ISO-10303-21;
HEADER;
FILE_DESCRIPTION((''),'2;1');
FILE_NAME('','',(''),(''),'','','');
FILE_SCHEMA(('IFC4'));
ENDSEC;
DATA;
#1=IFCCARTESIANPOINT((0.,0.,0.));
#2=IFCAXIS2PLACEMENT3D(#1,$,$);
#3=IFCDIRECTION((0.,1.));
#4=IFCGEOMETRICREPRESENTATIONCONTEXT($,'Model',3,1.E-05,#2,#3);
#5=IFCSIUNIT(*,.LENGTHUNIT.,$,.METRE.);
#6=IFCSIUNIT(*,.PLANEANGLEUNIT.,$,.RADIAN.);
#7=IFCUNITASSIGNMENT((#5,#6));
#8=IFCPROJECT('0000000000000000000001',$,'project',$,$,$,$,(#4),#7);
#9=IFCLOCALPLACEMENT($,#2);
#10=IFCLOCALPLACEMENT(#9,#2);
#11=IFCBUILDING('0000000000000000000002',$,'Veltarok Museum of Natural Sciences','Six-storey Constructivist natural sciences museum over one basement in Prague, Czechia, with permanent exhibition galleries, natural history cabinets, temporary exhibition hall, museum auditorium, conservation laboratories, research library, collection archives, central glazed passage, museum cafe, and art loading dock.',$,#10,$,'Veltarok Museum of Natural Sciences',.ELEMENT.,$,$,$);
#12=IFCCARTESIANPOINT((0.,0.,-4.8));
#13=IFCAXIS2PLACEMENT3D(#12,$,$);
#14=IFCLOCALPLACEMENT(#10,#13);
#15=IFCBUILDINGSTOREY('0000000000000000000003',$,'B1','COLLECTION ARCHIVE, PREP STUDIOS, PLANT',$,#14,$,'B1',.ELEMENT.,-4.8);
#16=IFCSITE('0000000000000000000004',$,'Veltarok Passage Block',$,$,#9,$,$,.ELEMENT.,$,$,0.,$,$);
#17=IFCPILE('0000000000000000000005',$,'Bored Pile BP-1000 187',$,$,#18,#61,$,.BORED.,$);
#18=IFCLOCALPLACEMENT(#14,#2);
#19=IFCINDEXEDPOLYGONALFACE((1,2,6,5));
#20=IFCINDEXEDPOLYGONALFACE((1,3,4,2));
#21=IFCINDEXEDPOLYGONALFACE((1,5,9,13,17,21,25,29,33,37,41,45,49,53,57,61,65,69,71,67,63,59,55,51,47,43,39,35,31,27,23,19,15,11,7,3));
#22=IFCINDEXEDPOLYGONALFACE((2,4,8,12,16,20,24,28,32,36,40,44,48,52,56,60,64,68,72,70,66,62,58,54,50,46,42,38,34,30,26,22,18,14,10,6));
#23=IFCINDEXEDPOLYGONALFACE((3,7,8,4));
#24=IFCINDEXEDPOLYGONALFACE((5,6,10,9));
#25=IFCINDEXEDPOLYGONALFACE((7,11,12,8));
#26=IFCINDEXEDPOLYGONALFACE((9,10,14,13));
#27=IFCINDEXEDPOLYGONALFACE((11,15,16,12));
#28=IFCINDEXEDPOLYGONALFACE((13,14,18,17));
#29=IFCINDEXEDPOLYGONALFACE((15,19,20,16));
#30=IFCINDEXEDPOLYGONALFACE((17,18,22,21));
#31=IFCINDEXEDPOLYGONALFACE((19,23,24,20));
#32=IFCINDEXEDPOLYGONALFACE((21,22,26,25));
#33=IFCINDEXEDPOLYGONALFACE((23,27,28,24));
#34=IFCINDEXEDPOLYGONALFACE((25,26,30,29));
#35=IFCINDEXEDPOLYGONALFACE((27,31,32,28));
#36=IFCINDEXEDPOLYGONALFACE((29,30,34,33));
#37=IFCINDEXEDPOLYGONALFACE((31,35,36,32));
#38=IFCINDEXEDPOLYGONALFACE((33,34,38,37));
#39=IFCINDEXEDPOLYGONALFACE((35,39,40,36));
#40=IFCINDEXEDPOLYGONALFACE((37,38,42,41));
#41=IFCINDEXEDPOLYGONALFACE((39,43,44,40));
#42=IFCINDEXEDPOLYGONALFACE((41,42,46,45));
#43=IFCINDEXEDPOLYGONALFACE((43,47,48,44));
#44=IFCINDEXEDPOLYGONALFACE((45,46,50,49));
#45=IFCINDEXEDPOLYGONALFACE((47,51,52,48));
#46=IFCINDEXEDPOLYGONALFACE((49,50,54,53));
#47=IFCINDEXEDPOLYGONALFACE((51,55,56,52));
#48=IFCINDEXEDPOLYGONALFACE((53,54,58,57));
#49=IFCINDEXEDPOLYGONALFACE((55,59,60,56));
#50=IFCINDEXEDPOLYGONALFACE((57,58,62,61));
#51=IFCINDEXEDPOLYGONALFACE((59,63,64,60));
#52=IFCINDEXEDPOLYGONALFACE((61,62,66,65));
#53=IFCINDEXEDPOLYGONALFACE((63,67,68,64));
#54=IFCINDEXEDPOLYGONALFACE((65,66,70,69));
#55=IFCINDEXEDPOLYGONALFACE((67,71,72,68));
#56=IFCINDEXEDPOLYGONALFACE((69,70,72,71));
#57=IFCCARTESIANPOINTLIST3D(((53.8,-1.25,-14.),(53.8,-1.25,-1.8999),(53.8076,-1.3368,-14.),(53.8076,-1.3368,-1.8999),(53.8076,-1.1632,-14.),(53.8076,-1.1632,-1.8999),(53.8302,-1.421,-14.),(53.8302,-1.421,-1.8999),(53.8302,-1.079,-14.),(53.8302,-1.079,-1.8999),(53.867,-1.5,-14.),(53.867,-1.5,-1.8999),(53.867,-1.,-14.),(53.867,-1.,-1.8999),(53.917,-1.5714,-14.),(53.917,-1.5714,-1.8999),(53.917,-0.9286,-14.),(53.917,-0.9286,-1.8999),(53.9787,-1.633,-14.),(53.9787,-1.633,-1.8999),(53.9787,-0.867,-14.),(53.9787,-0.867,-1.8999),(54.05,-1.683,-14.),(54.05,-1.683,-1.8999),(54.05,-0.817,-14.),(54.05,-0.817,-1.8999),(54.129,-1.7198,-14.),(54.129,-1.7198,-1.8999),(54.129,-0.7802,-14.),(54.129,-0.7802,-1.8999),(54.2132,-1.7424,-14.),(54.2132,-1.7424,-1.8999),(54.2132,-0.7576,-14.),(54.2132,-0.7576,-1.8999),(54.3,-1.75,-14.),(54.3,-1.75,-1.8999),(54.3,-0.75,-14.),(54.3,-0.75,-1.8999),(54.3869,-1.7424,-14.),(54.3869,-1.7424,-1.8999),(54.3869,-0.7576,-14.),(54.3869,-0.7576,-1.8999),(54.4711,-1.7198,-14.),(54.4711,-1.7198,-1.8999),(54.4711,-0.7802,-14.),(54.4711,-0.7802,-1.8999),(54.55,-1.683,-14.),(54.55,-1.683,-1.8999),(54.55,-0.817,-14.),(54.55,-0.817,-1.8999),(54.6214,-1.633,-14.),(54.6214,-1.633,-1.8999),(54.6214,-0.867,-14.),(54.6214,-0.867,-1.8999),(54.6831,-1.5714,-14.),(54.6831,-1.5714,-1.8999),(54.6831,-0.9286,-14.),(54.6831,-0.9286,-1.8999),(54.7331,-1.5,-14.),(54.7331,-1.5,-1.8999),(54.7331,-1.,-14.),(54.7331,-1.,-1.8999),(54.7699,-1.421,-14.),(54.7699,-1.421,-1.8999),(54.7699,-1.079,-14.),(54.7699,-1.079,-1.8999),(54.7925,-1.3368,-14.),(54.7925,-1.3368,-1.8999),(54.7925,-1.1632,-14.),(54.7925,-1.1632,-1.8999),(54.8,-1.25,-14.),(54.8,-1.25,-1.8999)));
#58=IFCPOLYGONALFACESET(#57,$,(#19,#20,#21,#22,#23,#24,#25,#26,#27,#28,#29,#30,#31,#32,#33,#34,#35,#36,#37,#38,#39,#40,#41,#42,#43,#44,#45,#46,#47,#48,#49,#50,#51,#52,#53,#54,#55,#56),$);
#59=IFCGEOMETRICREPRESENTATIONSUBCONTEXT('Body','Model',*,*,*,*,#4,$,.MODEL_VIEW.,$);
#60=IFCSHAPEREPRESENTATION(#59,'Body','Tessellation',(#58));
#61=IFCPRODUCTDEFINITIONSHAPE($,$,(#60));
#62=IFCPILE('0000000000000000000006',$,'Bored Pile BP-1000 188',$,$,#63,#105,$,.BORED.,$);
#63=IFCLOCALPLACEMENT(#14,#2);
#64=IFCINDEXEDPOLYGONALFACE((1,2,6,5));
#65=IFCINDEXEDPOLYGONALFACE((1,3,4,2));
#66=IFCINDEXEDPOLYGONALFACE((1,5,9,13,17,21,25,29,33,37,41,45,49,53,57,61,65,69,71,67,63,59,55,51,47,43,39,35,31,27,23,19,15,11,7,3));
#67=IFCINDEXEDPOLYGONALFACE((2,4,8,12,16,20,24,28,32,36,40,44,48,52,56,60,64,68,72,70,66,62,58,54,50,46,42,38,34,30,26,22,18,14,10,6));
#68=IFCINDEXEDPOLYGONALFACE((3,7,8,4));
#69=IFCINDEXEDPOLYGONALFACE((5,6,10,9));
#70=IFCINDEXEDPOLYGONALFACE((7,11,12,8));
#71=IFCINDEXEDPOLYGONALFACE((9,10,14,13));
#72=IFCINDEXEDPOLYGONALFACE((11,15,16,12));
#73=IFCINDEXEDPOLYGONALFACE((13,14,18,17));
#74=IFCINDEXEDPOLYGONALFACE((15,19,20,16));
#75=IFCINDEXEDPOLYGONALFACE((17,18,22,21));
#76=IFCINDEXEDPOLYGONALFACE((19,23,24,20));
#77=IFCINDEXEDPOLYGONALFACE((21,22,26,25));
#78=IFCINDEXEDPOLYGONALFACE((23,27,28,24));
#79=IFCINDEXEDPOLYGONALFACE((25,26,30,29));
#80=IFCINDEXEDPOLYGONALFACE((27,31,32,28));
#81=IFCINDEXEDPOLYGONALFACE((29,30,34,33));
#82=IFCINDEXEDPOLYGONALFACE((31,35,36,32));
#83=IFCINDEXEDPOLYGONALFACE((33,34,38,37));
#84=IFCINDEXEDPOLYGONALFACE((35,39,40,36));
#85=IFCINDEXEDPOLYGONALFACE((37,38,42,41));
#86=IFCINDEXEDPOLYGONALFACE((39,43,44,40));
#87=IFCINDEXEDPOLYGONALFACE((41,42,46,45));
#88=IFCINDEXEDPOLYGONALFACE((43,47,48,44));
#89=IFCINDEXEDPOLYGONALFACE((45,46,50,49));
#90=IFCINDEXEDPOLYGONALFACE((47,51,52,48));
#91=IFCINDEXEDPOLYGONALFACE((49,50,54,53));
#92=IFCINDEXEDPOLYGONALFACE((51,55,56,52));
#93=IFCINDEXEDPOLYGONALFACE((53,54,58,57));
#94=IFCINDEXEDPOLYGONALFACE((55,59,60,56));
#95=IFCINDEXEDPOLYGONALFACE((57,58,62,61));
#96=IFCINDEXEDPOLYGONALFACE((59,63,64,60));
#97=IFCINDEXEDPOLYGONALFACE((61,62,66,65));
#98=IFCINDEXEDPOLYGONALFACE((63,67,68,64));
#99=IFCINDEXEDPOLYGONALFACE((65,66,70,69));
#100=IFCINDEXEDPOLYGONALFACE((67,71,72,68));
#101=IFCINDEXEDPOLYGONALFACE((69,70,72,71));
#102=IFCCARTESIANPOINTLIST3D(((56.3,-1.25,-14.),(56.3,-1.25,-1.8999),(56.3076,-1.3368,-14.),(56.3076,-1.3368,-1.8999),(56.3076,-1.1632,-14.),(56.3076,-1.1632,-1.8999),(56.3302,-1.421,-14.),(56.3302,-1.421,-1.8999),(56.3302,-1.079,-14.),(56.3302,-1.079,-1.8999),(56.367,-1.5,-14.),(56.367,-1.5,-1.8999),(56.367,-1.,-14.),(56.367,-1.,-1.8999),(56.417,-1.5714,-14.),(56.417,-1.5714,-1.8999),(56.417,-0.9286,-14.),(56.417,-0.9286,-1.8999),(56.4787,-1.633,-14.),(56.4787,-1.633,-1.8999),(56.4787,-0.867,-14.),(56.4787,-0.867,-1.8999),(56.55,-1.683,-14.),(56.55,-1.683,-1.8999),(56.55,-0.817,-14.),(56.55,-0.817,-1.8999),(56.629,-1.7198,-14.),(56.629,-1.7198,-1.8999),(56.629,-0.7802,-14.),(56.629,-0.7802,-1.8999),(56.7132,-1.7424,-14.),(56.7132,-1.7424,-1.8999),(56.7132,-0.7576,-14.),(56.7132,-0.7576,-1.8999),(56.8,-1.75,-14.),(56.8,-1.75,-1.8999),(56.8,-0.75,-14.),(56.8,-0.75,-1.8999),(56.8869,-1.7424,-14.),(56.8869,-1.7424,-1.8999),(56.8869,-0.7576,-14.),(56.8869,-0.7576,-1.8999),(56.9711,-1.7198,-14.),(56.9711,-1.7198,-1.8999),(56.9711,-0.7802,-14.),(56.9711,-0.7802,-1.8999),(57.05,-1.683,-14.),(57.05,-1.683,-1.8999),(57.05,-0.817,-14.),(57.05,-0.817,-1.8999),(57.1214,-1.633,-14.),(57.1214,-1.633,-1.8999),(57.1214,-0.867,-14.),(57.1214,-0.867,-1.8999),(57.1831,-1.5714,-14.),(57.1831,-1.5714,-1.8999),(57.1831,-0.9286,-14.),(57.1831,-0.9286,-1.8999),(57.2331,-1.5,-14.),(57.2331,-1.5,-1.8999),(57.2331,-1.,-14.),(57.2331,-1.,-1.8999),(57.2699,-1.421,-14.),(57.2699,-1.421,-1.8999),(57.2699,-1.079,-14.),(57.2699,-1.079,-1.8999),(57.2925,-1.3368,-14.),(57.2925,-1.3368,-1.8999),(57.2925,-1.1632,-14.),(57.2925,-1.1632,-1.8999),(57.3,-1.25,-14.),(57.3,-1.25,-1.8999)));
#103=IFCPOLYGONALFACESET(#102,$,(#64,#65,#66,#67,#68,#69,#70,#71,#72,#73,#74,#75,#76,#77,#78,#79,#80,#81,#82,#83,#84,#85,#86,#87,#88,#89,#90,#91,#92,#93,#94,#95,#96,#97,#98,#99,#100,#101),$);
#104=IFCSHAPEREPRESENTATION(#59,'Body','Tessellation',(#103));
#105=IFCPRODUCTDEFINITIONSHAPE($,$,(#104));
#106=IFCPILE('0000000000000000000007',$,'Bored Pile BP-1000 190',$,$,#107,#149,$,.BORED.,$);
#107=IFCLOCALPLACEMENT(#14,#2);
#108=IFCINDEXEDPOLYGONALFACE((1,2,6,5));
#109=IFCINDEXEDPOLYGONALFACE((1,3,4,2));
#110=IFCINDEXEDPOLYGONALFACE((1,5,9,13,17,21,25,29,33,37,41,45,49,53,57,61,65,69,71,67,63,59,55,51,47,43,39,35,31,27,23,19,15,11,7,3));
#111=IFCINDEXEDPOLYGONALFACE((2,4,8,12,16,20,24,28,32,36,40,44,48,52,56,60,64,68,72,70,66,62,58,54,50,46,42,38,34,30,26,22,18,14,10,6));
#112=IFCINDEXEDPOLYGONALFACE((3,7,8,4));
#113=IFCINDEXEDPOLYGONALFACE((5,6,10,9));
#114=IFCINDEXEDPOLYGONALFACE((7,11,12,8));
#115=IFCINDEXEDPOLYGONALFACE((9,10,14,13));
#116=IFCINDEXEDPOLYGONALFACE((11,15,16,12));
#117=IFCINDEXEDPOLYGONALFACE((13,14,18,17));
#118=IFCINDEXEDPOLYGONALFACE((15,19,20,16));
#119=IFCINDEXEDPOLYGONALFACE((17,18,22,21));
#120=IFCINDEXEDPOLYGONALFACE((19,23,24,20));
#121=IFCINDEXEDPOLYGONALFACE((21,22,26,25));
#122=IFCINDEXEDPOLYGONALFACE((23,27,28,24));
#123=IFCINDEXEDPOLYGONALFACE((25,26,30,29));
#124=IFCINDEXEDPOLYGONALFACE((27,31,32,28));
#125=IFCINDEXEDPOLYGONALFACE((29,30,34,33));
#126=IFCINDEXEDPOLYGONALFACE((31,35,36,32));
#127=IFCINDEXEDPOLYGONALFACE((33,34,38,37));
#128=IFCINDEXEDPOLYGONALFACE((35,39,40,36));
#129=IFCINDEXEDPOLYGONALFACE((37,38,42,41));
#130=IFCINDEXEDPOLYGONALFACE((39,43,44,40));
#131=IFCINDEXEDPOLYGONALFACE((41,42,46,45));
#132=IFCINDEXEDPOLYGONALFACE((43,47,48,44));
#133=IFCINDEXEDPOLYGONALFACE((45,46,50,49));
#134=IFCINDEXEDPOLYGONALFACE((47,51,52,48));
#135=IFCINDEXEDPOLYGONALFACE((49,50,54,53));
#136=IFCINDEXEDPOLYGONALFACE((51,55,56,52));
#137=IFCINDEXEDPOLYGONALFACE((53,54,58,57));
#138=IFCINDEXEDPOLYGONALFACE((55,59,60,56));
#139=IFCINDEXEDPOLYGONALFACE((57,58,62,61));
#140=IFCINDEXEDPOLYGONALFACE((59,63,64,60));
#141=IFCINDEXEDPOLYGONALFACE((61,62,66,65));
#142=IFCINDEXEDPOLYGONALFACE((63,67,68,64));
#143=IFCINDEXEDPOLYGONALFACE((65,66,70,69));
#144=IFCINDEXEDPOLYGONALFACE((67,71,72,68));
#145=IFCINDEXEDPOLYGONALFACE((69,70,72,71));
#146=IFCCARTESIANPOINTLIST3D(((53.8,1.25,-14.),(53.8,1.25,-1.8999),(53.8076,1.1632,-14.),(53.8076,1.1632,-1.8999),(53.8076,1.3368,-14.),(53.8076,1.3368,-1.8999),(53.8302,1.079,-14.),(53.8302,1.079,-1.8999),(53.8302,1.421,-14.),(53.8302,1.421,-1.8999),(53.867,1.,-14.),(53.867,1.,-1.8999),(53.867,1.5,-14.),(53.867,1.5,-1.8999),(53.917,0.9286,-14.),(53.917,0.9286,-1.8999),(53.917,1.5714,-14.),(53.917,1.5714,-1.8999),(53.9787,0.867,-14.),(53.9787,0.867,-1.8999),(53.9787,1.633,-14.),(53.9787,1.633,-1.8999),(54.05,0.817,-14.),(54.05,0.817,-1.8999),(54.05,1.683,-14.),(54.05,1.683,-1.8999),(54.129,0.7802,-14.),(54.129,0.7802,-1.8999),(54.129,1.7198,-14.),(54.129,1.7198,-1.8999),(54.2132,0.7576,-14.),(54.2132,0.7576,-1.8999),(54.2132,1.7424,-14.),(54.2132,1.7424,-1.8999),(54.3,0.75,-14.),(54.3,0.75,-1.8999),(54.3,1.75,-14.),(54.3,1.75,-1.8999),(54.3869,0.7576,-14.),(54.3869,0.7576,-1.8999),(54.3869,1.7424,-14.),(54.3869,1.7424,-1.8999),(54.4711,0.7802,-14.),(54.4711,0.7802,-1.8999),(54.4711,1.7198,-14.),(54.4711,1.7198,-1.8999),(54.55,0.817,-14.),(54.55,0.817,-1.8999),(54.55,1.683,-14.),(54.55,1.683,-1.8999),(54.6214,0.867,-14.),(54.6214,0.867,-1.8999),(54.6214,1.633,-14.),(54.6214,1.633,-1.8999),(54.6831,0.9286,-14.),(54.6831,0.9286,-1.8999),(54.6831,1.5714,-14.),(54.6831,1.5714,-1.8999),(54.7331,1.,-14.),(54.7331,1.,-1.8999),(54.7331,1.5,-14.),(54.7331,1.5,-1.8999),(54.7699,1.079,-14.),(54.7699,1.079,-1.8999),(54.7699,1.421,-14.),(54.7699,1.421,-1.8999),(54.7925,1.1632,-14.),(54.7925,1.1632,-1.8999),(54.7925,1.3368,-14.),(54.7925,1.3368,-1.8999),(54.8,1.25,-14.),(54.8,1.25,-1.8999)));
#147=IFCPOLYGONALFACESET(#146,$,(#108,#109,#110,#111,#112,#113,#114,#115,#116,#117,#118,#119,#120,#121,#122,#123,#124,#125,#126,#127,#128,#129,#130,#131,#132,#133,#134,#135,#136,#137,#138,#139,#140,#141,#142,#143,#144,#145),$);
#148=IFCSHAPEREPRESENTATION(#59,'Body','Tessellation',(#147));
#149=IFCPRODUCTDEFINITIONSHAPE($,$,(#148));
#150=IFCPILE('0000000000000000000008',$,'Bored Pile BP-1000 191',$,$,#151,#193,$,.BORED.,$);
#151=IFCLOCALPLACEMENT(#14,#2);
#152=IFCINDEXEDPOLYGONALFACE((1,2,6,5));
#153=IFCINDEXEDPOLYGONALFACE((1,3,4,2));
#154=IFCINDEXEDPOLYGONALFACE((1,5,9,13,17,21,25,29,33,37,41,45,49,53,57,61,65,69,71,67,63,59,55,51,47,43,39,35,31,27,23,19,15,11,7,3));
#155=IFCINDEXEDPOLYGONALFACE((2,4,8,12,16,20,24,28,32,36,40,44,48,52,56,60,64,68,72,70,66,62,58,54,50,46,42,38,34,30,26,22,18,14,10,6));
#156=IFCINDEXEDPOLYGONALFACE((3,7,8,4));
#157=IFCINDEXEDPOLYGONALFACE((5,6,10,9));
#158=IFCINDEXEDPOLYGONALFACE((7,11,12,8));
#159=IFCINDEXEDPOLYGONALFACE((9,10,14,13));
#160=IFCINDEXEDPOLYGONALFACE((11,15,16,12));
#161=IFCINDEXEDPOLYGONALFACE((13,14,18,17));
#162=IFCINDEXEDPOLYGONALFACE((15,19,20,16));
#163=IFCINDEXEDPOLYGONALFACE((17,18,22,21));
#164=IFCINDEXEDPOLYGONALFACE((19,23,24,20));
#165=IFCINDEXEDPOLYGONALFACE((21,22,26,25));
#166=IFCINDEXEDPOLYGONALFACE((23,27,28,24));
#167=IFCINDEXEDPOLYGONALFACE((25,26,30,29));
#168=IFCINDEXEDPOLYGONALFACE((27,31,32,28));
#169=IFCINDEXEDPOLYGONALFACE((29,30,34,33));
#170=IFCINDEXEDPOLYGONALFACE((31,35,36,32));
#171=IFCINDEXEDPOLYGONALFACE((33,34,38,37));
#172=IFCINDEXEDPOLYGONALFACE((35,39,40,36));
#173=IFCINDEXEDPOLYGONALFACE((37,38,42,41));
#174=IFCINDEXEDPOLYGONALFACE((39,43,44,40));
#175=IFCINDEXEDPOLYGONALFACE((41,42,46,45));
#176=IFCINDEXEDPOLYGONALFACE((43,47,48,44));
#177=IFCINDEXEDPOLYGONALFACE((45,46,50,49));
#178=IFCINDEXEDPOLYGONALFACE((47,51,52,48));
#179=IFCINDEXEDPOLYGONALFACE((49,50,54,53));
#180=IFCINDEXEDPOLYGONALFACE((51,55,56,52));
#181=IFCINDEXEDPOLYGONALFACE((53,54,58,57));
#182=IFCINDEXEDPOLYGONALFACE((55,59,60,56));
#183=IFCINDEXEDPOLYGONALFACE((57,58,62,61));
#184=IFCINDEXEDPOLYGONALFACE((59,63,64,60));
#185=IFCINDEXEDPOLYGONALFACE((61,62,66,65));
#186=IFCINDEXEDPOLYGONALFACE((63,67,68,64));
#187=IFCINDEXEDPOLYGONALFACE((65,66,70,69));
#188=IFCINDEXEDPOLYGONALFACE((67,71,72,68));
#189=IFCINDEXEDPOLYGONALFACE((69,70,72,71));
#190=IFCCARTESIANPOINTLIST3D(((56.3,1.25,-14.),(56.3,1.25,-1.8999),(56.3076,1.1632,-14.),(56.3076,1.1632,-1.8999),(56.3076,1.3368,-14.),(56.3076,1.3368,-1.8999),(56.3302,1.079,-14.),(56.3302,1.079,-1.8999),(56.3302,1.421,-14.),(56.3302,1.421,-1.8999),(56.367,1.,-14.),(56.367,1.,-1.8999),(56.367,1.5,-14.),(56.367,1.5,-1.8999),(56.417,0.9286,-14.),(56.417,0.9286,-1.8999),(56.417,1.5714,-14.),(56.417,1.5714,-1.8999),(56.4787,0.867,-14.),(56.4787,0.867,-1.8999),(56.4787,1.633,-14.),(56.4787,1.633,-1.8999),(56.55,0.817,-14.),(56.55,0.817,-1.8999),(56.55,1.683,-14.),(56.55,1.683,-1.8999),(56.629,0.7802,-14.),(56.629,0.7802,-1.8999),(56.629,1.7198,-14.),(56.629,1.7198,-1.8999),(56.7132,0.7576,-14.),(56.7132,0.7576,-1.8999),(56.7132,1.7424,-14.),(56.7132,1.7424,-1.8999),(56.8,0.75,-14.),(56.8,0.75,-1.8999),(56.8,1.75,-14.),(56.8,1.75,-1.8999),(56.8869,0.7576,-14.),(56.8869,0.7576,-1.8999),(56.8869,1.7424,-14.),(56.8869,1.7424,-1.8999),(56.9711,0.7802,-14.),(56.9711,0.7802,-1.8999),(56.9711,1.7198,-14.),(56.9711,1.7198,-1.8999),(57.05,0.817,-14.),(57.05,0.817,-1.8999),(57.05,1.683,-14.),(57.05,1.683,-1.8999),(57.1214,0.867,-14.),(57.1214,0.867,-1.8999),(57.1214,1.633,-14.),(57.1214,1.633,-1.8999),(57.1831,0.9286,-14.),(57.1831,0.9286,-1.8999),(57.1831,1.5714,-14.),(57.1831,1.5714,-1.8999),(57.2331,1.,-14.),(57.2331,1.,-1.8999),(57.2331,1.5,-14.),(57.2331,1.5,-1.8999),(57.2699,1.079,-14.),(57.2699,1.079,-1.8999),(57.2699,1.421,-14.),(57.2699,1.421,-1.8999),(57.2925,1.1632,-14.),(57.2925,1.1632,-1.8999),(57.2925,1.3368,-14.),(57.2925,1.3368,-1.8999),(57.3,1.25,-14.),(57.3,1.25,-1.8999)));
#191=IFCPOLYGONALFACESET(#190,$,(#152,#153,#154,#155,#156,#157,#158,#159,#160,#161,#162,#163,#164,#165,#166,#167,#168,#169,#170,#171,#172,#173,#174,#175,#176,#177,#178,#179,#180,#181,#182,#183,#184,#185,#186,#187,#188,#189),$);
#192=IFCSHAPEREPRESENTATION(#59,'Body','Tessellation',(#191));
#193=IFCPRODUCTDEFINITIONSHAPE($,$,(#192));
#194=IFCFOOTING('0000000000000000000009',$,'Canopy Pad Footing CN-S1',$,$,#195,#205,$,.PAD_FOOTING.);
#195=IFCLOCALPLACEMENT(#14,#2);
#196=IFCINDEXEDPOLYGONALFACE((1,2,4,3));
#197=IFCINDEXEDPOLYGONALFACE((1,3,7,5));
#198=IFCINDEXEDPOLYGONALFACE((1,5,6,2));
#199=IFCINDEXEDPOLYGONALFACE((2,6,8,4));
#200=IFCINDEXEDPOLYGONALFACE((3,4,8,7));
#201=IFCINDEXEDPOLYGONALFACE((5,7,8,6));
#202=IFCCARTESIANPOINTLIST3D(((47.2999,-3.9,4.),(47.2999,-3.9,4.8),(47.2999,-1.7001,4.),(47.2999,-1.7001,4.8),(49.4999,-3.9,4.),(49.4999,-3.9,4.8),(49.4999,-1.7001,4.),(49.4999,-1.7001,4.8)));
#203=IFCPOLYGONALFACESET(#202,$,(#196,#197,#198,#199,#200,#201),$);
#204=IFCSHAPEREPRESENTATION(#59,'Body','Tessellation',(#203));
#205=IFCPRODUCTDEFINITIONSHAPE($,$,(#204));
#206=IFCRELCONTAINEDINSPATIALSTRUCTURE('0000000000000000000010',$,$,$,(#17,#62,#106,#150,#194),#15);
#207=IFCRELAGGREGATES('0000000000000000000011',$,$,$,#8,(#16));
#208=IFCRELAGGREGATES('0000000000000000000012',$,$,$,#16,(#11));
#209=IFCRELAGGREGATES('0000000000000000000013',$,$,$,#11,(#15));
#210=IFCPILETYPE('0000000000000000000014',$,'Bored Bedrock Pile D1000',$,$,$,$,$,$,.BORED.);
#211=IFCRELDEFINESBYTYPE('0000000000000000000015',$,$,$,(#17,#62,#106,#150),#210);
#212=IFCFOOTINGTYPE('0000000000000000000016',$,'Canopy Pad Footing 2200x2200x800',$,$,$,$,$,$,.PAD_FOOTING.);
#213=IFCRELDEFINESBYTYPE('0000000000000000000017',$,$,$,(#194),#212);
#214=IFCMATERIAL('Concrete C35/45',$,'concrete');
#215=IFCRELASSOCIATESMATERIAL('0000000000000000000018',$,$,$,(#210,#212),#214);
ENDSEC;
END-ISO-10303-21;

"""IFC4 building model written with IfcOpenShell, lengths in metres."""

from ifc_helpers import new_model, si_unit, direction, frame, origin, origin_2d, place, context, subcontext, project, spatial, rectangle, circle, extrude, material, material_profile, profile_set, type_object, element, save


model = new_model("IFC4")

# Units and contexts
model_context = context("Model", 3, precision=1e-05, world=origin(), true_north=direction((0.0, 1.0)))
body_context = subcontext(model_context, "Body", "Model", "MODEL_VIEW")
ifc_project = project(units=[si_unit("LENGTHUNIT", "METRE"), si_unit("PLANEANGLEUNIT", "RADIAN")], contexts=[model_context])

# Site, building, storey
site_placement = place(None, origin())
site = spatial("IfcSite", under=ifc_project, at=site_placement, Name="Veltarok Passage Block", CompositionType="ELEMENT", RefElevation=0.0)
building_placement = place(site_placement, origin())
building = spatial("IfcBuilding", under=site, at=building_placement, Name="Veltarok Museum of Natural Sciences", Description="Six-storey Constructivist natural sciences museum over one basement in Prague, Czechia, with permanent exhibition galleries, natural history cabinets, temporary exhibition hall, museum auditorium, conservation laboratories, research library, collection archives, central glazed passage, museum cafe, and art loading dock.", LongName="Veltarok Museum of Natural Sciences", CompositionType="ELEMENT")
storey_placement = place(building_placement, frame((0.0, 0.0, -4.8)))
storey = spatial("IfcBuildingStorey", under=building, at=storey_placement, Name="B1", Description="COLLECTION ARCHIVE, PREP STUDIOS, PLANT", LongName="B1", CompositionType="ELEMENT", Elevation=-4.8)

# Piles
ifc_material_1 = material(Name="Concrete C35/45", Category="concrete")
ifc_material_profile_1 = material_profile(ifc_material_1, circle(Radius=0.5, at=origin_2d()), Name="BP D1000")
ifc_profile_set_1 = profile_set([ifc_material_profile_1], Name="Concrete C35/45")
pile_type = type_object("IfcPileType", Name="Bored Bedrock Pile D1000", PredefinedType="BORED", material=ifc_profile_set_1)
for number, where, z_axis, x_axis, name in (
    (1, (54.3, -1.25, -1.8999), (0.0, 0.0, -1.0), (1.0, 0.0, 0.0), "Bored Pile BP-1000 187"),
    (2, (56.8, -1.25, -1.8999), (0.0, 0.0, -1.0), (1.0, 0.0, 0.0), "Bored Pile BP-1000 188"),
    (3, (54.3, 1.25, -1.8999), (0.0, 0.0, -1.0), (1.0, 0.0, 0.0), "Bored Pile BP-1000 190"),
    (4, (56.8, 1.25, -1.8999), (0.0, 0.0, -1.0), (1.0, 0.0, 0.0), "Bored Pile BP-1000 191"),
):
    element("IfcPile", number, at=place(storey_placement, frame(where, z_axis=z_axis, x_axis=x_axis)), inside=storey, type_object=pile_type, Name=name, PredefinedType="BORED", context=body_context, shape_type="SweptSolid", body=[
        extrude(circle(Radius=0.5, at=origin_2d()), origin(), (0.0, 0.0, 1.0), 12.1001),
    ])

# Footing
footing_type_1 = type_object("IfcFootingType", Name="Canopy Pad Footing 2200x2200x800", PredefinedType="PAD_FOOTING", material=ifc_material_1)
footing_placement = place(storey_placement, frame((48.3999, -2.8, 4.0), z_axis=(0.0, 0.0, 1.0), x_axis=(1.0, 0.0, 0.0)))
element("IfcFooting", 5, at=footing_placement, inside=storey, type_object=footing_type_1, Name="Canopy Pad Footing CN-S1", PredefinedType="PAD_FOOTING", context=body_context, shape_type="SweptSolid", body=[
    extrude(rectangle(XDim=2.2, YDim=2.2, at=origin_2d()), origin(), (0.0, 0.0, 1.0), 0.8),
])

save(model, "model.ifc")
